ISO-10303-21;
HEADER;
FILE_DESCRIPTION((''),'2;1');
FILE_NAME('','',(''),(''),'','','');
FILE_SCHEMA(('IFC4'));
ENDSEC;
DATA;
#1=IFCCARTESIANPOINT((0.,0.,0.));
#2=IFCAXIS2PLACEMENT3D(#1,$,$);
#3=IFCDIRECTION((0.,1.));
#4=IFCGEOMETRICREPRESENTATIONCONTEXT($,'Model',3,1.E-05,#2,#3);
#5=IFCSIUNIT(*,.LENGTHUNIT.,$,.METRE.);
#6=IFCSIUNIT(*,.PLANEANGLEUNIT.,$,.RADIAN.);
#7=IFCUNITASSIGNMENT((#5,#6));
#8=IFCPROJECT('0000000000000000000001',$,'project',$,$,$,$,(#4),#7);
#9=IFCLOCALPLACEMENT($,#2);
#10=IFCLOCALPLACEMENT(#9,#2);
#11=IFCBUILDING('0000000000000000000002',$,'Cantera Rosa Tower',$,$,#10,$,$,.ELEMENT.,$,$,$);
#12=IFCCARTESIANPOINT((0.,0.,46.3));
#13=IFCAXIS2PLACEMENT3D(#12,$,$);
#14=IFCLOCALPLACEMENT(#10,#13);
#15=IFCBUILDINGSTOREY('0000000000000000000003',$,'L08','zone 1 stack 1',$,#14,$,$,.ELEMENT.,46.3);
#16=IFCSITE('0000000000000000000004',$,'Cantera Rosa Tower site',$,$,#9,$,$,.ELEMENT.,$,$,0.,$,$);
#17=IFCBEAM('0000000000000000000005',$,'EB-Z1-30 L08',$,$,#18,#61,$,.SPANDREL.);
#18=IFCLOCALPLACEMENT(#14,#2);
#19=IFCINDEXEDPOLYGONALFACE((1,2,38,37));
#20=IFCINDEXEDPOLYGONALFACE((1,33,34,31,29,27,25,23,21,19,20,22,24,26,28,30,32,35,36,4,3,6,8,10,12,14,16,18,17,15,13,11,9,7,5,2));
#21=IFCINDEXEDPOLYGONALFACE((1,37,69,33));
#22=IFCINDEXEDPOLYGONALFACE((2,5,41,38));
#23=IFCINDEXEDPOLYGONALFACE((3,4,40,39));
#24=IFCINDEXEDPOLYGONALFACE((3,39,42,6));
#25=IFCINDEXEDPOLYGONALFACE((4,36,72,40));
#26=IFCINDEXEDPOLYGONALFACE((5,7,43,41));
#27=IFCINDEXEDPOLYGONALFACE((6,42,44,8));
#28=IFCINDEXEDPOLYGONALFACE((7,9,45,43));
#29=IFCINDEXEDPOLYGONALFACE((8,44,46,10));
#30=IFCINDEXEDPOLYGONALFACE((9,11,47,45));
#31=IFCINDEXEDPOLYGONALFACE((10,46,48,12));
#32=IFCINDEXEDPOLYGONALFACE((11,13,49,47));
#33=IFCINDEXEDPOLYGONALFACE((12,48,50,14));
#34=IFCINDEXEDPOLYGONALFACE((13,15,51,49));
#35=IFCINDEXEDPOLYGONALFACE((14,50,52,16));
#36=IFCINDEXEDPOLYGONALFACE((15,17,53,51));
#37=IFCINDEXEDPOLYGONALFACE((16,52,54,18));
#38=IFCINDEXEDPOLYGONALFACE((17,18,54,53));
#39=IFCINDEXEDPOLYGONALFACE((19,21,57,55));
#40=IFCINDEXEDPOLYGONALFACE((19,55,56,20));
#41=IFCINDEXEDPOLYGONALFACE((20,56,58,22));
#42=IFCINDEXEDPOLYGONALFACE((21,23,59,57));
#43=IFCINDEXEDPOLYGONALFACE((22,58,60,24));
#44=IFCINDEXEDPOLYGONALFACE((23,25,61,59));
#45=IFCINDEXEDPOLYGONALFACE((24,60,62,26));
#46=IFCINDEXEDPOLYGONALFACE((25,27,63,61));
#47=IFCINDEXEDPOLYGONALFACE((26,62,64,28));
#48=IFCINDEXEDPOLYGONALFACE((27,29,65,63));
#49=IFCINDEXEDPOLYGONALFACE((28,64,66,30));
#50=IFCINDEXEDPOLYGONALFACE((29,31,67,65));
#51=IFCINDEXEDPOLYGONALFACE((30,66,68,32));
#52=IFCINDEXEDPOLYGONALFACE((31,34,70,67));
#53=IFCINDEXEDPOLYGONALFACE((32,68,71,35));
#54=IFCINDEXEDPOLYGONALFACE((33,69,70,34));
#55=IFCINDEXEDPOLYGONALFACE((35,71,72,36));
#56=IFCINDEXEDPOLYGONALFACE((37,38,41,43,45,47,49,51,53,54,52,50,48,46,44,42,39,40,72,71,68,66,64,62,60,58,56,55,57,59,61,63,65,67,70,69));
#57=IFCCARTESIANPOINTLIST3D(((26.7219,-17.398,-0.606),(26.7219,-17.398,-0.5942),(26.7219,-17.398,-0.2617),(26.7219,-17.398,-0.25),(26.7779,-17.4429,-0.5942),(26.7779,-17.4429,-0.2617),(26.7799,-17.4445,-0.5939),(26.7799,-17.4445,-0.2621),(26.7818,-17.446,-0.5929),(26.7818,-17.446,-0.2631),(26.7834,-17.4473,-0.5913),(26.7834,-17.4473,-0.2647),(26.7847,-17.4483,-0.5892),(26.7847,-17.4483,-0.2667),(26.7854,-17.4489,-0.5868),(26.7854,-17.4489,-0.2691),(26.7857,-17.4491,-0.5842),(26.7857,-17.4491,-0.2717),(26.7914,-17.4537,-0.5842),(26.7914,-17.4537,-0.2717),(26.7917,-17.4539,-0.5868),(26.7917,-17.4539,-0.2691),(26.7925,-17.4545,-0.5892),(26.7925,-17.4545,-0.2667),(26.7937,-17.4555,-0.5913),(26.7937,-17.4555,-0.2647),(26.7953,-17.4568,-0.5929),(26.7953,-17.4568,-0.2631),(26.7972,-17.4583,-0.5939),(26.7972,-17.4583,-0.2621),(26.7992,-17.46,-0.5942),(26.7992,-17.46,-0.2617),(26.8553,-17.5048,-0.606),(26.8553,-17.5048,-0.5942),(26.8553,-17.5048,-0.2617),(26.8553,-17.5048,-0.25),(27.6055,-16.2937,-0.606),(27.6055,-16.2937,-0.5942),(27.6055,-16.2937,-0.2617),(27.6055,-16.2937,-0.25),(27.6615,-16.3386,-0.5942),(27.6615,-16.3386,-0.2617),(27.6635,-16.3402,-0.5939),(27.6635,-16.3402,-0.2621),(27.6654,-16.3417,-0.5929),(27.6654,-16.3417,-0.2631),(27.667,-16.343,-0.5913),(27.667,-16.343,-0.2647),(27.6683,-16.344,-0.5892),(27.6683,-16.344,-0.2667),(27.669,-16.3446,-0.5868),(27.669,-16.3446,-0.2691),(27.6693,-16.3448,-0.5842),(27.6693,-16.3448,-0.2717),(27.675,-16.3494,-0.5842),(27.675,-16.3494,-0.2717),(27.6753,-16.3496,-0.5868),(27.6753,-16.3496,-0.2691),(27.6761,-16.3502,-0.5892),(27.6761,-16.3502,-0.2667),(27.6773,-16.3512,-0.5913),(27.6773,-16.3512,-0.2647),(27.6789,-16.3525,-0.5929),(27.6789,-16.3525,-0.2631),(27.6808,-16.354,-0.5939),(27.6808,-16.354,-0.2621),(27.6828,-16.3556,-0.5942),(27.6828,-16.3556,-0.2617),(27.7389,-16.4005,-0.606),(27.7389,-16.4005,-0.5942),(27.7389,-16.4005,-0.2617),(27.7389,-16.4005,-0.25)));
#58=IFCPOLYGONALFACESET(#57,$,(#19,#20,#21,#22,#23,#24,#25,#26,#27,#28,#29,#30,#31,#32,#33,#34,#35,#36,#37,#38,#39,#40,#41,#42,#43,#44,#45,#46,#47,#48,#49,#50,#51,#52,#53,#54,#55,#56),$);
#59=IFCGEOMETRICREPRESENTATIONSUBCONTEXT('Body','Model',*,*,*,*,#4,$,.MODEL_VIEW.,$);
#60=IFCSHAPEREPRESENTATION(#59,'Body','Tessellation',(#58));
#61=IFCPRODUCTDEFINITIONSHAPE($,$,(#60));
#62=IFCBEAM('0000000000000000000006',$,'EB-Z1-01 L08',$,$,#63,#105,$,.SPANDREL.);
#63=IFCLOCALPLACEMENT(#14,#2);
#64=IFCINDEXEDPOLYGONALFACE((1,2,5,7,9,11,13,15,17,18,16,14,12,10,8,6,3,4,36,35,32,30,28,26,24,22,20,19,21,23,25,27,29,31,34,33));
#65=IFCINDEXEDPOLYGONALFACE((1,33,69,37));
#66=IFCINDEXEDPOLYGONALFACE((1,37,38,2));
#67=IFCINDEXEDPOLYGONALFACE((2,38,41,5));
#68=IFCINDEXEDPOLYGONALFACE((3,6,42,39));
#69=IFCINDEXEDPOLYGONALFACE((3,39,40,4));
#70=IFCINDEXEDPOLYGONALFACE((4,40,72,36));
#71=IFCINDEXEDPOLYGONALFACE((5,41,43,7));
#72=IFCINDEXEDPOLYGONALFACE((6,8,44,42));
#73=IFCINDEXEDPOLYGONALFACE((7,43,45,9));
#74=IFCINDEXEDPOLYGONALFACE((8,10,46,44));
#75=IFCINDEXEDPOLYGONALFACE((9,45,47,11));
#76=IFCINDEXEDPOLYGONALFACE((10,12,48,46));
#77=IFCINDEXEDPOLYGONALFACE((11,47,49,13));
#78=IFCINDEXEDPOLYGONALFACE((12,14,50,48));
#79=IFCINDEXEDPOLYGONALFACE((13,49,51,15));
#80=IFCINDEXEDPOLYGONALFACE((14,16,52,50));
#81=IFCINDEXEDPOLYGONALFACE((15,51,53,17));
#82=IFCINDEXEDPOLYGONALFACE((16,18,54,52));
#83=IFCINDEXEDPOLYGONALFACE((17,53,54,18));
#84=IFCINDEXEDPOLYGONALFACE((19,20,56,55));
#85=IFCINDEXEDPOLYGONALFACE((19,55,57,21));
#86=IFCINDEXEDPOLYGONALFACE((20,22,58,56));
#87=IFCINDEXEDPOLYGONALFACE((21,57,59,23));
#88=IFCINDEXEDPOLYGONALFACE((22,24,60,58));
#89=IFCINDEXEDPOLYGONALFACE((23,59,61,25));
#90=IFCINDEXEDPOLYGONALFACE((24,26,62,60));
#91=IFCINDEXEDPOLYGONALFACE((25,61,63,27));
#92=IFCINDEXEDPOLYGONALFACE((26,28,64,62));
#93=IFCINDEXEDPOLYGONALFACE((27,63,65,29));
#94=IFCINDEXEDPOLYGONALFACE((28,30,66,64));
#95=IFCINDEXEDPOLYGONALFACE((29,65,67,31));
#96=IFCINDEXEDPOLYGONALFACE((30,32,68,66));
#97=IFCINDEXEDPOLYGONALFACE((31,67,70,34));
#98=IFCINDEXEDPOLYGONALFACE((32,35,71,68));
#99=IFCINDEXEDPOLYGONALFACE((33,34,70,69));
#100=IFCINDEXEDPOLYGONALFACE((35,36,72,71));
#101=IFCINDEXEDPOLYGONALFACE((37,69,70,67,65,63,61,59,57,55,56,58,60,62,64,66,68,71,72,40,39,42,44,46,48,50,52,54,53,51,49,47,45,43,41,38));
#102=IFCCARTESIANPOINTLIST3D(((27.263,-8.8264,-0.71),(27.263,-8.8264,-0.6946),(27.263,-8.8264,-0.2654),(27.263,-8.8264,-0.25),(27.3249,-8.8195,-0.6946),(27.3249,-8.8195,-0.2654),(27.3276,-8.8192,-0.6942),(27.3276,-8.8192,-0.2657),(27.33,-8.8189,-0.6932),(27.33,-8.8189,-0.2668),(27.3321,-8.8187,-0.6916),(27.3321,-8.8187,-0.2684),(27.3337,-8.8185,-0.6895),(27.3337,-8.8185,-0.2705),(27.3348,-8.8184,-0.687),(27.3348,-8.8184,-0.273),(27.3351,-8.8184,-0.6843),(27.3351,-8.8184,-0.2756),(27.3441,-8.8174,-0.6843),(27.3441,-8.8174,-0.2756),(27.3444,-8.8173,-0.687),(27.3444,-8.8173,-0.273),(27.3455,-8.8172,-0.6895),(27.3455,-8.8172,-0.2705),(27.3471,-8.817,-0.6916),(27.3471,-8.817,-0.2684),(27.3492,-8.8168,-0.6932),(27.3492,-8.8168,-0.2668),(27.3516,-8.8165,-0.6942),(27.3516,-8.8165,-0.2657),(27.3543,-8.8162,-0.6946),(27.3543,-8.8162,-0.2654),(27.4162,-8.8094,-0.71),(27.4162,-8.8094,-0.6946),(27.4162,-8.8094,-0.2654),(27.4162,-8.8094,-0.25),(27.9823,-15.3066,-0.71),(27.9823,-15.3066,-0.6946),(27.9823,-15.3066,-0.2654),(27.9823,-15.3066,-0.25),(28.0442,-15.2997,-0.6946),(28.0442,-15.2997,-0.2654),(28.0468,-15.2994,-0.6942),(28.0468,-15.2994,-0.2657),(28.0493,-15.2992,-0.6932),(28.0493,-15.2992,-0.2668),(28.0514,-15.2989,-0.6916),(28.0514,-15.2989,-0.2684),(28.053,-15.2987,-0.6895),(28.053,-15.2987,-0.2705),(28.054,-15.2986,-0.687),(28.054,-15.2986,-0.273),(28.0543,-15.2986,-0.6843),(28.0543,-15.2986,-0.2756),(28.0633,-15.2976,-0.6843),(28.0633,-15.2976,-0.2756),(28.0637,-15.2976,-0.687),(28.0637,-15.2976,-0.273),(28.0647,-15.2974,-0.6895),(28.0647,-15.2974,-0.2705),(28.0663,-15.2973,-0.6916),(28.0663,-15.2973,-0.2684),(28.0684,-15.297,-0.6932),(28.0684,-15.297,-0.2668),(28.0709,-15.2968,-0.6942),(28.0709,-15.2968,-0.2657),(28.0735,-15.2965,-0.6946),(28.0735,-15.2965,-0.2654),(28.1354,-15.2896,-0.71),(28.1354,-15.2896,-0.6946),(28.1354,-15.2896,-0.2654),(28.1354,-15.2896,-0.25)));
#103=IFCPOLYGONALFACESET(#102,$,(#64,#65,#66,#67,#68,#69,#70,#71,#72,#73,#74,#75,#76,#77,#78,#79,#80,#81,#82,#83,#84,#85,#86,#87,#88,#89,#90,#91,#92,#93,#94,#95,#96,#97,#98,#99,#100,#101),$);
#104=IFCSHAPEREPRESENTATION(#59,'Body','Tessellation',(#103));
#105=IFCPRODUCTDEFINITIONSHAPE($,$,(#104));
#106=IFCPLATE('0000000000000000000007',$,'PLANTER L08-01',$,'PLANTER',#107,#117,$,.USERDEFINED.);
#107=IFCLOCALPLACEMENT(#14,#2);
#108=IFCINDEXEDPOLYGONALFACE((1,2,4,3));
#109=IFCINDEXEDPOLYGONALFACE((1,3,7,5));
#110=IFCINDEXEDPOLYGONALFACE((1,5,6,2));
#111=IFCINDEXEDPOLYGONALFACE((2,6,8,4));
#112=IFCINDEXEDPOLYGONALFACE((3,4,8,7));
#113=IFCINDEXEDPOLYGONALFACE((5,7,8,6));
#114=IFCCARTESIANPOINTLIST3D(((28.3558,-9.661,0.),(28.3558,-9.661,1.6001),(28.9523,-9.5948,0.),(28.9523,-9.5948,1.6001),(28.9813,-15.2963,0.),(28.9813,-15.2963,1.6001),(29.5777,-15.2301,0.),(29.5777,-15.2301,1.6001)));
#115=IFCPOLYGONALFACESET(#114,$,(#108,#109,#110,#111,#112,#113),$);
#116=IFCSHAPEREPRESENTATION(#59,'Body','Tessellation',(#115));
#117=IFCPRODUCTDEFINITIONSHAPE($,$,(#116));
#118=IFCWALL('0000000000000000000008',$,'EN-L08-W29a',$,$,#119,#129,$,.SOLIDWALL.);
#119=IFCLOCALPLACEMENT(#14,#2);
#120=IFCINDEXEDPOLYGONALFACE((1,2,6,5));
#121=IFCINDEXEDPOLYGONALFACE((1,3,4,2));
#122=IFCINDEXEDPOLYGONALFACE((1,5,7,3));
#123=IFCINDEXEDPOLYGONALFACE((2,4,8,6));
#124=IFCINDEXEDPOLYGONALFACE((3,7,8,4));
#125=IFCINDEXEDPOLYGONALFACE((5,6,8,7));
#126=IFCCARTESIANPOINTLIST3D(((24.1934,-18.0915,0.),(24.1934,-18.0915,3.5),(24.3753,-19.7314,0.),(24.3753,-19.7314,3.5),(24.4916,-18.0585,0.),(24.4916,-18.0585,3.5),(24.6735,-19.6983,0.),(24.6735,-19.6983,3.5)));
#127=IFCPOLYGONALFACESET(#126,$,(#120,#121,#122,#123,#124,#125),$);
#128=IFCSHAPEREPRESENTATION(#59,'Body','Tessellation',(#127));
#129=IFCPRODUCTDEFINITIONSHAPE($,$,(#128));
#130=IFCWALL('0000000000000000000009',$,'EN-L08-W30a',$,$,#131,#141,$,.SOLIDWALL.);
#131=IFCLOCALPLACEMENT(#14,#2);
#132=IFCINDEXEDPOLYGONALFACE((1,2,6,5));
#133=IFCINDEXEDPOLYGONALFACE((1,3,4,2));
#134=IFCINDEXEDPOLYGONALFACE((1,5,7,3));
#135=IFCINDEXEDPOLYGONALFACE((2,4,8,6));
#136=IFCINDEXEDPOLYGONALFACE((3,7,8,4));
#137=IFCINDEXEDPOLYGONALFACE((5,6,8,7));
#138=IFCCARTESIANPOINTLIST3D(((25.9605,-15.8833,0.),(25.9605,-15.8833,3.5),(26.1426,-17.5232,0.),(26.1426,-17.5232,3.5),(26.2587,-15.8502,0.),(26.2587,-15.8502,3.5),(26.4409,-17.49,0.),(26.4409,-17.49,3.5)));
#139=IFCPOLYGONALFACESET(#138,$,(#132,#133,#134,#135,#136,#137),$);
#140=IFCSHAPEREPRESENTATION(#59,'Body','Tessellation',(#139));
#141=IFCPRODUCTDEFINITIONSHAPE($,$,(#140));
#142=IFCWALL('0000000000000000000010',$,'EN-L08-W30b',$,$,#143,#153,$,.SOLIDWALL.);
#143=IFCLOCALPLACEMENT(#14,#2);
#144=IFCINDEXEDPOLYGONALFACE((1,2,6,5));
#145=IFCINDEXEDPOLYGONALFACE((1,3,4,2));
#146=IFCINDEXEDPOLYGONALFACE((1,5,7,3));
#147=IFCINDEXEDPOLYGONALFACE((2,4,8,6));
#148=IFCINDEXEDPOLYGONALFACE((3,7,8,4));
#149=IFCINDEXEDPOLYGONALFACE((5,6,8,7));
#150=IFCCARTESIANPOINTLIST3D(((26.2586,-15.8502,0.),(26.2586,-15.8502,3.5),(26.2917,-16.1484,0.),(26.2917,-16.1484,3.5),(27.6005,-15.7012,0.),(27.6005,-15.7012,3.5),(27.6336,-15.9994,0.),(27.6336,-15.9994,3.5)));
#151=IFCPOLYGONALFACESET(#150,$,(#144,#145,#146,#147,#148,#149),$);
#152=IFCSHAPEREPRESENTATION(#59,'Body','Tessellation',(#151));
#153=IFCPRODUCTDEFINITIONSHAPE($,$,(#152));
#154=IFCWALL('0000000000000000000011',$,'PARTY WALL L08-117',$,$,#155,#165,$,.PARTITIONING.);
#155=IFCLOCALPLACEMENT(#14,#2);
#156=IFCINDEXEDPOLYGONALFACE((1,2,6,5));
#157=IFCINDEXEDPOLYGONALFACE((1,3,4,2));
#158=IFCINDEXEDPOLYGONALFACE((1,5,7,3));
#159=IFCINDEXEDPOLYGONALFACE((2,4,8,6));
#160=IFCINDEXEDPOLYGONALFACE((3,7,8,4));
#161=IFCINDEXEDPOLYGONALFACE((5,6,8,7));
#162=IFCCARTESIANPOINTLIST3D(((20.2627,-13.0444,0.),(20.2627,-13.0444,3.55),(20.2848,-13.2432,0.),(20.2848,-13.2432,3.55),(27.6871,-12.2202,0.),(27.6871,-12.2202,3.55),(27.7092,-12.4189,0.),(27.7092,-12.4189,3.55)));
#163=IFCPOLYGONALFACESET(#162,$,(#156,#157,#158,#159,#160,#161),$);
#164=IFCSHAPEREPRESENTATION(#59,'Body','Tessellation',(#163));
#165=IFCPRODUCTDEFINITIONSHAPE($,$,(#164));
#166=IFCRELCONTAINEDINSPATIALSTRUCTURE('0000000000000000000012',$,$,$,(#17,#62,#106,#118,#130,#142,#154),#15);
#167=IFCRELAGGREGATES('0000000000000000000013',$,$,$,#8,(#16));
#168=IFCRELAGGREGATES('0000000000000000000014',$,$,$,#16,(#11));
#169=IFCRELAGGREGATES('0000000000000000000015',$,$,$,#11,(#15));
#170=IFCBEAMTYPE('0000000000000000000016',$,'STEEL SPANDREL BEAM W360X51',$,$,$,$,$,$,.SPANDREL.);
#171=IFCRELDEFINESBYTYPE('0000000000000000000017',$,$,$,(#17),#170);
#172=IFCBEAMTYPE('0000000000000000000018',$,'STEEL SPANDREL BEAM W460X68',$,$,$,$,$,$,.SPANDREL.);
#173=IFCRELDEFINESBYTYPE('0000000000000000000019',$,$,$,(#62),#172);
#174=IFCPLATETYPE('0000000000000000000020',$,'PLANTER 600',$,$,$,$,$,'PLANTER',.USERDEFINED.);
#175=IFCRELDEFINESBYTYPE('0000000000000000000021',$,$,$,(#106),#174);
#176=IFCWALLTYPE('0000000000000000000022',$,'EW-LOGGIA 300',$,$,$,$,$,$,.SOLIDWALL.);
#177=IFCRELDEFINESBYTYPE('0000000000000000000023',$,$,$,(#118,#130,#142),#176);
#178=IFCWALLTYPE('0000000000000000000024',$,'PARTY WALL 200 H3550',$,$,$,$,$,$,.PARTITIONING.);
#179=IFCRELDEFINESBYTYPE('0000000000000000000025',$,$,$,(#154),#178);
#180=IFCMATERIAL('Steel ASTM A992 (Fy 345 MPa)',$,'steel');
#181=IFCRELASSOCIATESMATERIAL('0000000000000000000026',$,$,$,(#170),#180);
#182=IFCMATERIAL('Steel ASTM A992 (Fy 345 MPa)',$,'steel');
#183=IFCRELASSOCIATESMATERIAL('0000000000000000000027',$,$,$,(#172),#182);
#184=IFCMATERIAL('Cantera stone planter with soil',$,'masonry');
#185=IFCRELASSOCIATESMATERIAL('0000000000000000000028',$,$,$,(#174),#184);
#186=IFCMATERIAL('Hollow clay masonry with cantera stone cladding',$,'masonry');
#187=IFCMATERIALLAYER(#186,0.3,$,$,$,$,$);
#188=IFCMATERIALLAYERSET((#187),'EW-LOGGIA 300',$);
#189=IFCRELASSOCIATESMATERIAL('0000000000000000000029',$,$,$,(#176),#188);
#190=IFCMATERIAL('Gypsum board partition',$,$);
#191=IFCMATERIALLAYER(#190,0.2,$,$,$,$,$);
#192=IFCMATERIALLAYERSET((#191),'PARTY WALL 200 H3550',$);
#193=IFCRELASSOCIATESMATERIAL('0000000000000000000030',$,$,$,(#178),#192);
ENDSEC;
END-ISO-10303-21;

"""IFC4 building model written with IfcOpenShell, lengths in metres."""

from ifc_helpers import new_model, si_unit, direction, frame, frame_2d, origin, origin_2d, place, context, subcontext, project, spatial, rectangle, i_section, extrude, material, layer, layer_set, material_profile, profile_set, type_object, element, save


model = new_model("IFC4")

# Units and contexts
model_context = context("Model", 3, precision=1e-05, world=origin(), true_north=direction((0.0, 1.0)))
body_context = subcontext(model_context, "Body", "Model", "MODEL_VIEW")
ifc_project = project(units=[si_unit("LENGTHUNIT", "METRE"), si_unit("PLANEANGLEUNIT", "RADIAN")], contexts=[model_context])

# Site, building, storey
site_placement = place(None, origin())
site = spatial("IfcSite", under=ifc_project, at=site_placement, Name="Cantera Rosa Tower site", CompositionType="ELEMENT", RefElevation=0.0)
building_placement = place(site_placement, origin())
building = spatial("IfcBuilding", under=site, at=building_placement, Name="Cantera Rosa Tower", CompositionType="ELEMENT")
storey_placement = place(building_placement, frame((0.0, 0.0, 46.3)))
storey = spatial("IfcBuildingStorey", under=building, at=storey_placement, Name="L08", Description="zone 1 stack 1", CompositionType="ELEMENT", Elevation=46.3)

# Beams
ifc_material_1 = material(Name="Steel ASTM A992 (Fy 345 MPa)", Category="steel")
ifc_material_profile_1 = material_profile(ifc_material_1, i_section(OverallWidth=0.1709, OverallDepth=0.356, WebThickness=0.0073, FlangeThickness=0.0117, FilletRadius=0.01, at=origin_2d()), Name="W360X51")
ifc_profile_set_1 = profile_set([ifc_material_profile_1], Name="Steel ASTM A992 (Fy 345 MPa)")
beam_type_1 = type_object("IfcBeamType", Name="STEEL SPANDREL BEAM W360X51", PredefinedType="SPANDREL", material=ifc_profile_set_1)
for number, where, z_axis, x_axis, name in (
    (1, (26.7886, -17.4514, -0.428), (0.624758, 0.780818, 0.0), (-0.780818, 0.624758, 0.0), "EB-Z1-30 L08"),
):
    element("IfcBeam", number, at=place(storey_placement, frame(where, z_axis=z_axis, x_axis=x_axis)), inside=storey, type_object=beam_type_1, Name=name, PredefinedType="SPANDREL", context=body_context, shape_type="SweptSolid", body=[
        extrude(i_section(OverallWidth=0.1709, OverallDepth=0.356, WebThickness=0.0073, FlangeThickness=0.0117, FilletRadius=0.01, at=origin_2d()), origin(), (0.0, 0.0, 1.0), 1.4143),
    ])
ifc_material_2 = material(Name="Steel ASTM A992 (Fy 345 MPa)", Category="steel")
ifc_material_profile_2 = material_profile(ifc_material_2, i_section(OverallWidth=0.1541, OverallDepth=0.46, WebThickness=0.009, FlangeThickness=0.0154, FilletRadius=0.0103, at=origin_2d()), Name="W460X68")
ifc_profile_set_2 = profile_set([ifc_material_profile_2], Name="Steel ASTM A992 (Fy 345 MPa)")
beam_type_2 = type_object("IfcBeamType", Name="STEEL SPANDREL BEAM W460X68", PredefinedType="SPANDREL", material=ifc_profile_set_2)
beam_1_placement = place(storey_placement, frame((28.0588, -15.2981, -0.48), z_axis=(-0.110312, 0.993897, 0.0), x_axis=(-0.993897, -0.110312, 0.0)))
element("IfcBeam", 2, at=beam_1_placement, inside=storey, type_object=beam_type_2, Name="EB-Z1-01 L08", PredefinedType="SPANDREL", context=body_context, shape_type="SweptSolid", body=[
    extrude(i_section(OverallWidth=0.1541, OverallDepth=0.46, WebThickness=0.009, FlangeThickness=0.0154, FilletRadius=0.0103, at=origin_2d()), origin(), (0.0, 0.0, 1.0), 6.52),
])

# Plate
ifc_material_3 = material(Name="Cantera stone planter with soil", Category="masonry")
plate_type = type_object("IfcPlateType", Name="PLANTER 600", ElementType="PLANTER", PredefinedType="USERDEFINED", material=ifc_material_3)
plate_placement = place(storey_placement, frame((28.9668, -12.4456, 0.0), z_axis=(0.0, 0.0, 1.0), x_axis=(-0.110313, 0.993897, 0.0)))
element("IfcPlate", 3, at=plate_placement, inside=storey, type_object=plate_type, Name="PLANTER L08-01", ObjectType="PLANTER", PredefinedType="USERDEFINED", context=body_context, shape_type="SweptSolid", body=[
    extrude(rectangle(XDim=5.6699, YDim=0.6001, at=origin_2d()), origin(), (0.0, 0.0, 1.0), 1.6001),
])

# Walls
ifc_material_4 = material(Name="Hollow clay masonry with cantera stone cladding", Category="masonry")
ifc_layer_1 = layer(ifc_material_4, 0.3)
ifc_layer_set_1 = layer_set([ifc_layer_1], Name="EW-LOGGIA 300")
wall_type_1 = type_object("IfcWallType", Name="EW-LOGGIA 300", PredefinedType="SOLIDWALL", material=ifc_layer_set_1)
for number, where, z_axis, x_axis, name in (
    (4, (24.5244, -19.7148, 0.0), (0.0, 0.0, 1.0), (-0.110237, 0.993905, 0.0), "EN-L08-W29a"),
    (5, (26.2917, -17.5066, 0.0), (0.0, 0.0, 1.0), (-0.110383, 0.993889, 0.0), "EN-L08-W30a"),
):
    element("IfcWall", number, at=place(storey_placement, frame(where, z_axis=z_axis, x_axis=x_axis)), inside=storey, type_object=wall_type_1, Name=name, PredefinedType="SOLIDWALL", context=body_context, shape_type="SweptSolid", body=[
        extrude(rectangle(XDim=1.6499, YDim=0.3, at=frame_2d((0.825, 0.0))), origin(), (0.0, 0.0, 1.0), 3.5),
    ])
wall_1_placement = place(storey_placement, frame((26.2751, -15.9993, 0.0), z_axis=(0.0, 0.0, 1.0), x_axis=(0.993897, 0.110312, 0.0)))
element("IfcWall", 6, at=wall_1_placement, inside=storey, type_object=wall_type_1, Name="EN-L08-W30b", PredefinedType="SOLIDWALL", context=body_context, shape_type="SweptSolid", body=[
    extrude(rectangle(XDim=1.3501, YDim=0.3, at=frame_2d((0.675, 0.0))), origin(), (0.0, 0.0, 1.0), 3.5),
])

# Wall
ifc_material_5 = material(Name="Gypsum board partition")
ifc_layer_2 = layer(ifc_material_5, 0.2)
ifc_layer_set_2 = layer_set([ifc_layer_2], Name="PARTY WALL 200 H3550")
wall_type_2 = type_object("IfcWallType", Name="PARTY WALL 200 H3550", PredefinedType="PARTITIONING", material=ifc_layer_set_2)
wall_2_placement = place(storey_placement, frame((27.698, -12.3196, 0.0), z_axis=(0.0, 0.0, 1.0), x_axis=(-0.993894, -0.110338, 0.0)))
element("IfcWall", 7, at=wall_2_placement, inside=storey, type_object=wall_type_2, Name="PARTY WALL L08-117", PredefinedType="PARTITIONING", context=body_context, shape_type="SweptSolid", body=[
    extrude(rectangle(XDim=7.47, YDim=0.2, at=frame_2d((3.7349, 0.0))), origin(), (0.0, 0.0, 1.0), 3.55),
])

save(model, "model.ifc")
